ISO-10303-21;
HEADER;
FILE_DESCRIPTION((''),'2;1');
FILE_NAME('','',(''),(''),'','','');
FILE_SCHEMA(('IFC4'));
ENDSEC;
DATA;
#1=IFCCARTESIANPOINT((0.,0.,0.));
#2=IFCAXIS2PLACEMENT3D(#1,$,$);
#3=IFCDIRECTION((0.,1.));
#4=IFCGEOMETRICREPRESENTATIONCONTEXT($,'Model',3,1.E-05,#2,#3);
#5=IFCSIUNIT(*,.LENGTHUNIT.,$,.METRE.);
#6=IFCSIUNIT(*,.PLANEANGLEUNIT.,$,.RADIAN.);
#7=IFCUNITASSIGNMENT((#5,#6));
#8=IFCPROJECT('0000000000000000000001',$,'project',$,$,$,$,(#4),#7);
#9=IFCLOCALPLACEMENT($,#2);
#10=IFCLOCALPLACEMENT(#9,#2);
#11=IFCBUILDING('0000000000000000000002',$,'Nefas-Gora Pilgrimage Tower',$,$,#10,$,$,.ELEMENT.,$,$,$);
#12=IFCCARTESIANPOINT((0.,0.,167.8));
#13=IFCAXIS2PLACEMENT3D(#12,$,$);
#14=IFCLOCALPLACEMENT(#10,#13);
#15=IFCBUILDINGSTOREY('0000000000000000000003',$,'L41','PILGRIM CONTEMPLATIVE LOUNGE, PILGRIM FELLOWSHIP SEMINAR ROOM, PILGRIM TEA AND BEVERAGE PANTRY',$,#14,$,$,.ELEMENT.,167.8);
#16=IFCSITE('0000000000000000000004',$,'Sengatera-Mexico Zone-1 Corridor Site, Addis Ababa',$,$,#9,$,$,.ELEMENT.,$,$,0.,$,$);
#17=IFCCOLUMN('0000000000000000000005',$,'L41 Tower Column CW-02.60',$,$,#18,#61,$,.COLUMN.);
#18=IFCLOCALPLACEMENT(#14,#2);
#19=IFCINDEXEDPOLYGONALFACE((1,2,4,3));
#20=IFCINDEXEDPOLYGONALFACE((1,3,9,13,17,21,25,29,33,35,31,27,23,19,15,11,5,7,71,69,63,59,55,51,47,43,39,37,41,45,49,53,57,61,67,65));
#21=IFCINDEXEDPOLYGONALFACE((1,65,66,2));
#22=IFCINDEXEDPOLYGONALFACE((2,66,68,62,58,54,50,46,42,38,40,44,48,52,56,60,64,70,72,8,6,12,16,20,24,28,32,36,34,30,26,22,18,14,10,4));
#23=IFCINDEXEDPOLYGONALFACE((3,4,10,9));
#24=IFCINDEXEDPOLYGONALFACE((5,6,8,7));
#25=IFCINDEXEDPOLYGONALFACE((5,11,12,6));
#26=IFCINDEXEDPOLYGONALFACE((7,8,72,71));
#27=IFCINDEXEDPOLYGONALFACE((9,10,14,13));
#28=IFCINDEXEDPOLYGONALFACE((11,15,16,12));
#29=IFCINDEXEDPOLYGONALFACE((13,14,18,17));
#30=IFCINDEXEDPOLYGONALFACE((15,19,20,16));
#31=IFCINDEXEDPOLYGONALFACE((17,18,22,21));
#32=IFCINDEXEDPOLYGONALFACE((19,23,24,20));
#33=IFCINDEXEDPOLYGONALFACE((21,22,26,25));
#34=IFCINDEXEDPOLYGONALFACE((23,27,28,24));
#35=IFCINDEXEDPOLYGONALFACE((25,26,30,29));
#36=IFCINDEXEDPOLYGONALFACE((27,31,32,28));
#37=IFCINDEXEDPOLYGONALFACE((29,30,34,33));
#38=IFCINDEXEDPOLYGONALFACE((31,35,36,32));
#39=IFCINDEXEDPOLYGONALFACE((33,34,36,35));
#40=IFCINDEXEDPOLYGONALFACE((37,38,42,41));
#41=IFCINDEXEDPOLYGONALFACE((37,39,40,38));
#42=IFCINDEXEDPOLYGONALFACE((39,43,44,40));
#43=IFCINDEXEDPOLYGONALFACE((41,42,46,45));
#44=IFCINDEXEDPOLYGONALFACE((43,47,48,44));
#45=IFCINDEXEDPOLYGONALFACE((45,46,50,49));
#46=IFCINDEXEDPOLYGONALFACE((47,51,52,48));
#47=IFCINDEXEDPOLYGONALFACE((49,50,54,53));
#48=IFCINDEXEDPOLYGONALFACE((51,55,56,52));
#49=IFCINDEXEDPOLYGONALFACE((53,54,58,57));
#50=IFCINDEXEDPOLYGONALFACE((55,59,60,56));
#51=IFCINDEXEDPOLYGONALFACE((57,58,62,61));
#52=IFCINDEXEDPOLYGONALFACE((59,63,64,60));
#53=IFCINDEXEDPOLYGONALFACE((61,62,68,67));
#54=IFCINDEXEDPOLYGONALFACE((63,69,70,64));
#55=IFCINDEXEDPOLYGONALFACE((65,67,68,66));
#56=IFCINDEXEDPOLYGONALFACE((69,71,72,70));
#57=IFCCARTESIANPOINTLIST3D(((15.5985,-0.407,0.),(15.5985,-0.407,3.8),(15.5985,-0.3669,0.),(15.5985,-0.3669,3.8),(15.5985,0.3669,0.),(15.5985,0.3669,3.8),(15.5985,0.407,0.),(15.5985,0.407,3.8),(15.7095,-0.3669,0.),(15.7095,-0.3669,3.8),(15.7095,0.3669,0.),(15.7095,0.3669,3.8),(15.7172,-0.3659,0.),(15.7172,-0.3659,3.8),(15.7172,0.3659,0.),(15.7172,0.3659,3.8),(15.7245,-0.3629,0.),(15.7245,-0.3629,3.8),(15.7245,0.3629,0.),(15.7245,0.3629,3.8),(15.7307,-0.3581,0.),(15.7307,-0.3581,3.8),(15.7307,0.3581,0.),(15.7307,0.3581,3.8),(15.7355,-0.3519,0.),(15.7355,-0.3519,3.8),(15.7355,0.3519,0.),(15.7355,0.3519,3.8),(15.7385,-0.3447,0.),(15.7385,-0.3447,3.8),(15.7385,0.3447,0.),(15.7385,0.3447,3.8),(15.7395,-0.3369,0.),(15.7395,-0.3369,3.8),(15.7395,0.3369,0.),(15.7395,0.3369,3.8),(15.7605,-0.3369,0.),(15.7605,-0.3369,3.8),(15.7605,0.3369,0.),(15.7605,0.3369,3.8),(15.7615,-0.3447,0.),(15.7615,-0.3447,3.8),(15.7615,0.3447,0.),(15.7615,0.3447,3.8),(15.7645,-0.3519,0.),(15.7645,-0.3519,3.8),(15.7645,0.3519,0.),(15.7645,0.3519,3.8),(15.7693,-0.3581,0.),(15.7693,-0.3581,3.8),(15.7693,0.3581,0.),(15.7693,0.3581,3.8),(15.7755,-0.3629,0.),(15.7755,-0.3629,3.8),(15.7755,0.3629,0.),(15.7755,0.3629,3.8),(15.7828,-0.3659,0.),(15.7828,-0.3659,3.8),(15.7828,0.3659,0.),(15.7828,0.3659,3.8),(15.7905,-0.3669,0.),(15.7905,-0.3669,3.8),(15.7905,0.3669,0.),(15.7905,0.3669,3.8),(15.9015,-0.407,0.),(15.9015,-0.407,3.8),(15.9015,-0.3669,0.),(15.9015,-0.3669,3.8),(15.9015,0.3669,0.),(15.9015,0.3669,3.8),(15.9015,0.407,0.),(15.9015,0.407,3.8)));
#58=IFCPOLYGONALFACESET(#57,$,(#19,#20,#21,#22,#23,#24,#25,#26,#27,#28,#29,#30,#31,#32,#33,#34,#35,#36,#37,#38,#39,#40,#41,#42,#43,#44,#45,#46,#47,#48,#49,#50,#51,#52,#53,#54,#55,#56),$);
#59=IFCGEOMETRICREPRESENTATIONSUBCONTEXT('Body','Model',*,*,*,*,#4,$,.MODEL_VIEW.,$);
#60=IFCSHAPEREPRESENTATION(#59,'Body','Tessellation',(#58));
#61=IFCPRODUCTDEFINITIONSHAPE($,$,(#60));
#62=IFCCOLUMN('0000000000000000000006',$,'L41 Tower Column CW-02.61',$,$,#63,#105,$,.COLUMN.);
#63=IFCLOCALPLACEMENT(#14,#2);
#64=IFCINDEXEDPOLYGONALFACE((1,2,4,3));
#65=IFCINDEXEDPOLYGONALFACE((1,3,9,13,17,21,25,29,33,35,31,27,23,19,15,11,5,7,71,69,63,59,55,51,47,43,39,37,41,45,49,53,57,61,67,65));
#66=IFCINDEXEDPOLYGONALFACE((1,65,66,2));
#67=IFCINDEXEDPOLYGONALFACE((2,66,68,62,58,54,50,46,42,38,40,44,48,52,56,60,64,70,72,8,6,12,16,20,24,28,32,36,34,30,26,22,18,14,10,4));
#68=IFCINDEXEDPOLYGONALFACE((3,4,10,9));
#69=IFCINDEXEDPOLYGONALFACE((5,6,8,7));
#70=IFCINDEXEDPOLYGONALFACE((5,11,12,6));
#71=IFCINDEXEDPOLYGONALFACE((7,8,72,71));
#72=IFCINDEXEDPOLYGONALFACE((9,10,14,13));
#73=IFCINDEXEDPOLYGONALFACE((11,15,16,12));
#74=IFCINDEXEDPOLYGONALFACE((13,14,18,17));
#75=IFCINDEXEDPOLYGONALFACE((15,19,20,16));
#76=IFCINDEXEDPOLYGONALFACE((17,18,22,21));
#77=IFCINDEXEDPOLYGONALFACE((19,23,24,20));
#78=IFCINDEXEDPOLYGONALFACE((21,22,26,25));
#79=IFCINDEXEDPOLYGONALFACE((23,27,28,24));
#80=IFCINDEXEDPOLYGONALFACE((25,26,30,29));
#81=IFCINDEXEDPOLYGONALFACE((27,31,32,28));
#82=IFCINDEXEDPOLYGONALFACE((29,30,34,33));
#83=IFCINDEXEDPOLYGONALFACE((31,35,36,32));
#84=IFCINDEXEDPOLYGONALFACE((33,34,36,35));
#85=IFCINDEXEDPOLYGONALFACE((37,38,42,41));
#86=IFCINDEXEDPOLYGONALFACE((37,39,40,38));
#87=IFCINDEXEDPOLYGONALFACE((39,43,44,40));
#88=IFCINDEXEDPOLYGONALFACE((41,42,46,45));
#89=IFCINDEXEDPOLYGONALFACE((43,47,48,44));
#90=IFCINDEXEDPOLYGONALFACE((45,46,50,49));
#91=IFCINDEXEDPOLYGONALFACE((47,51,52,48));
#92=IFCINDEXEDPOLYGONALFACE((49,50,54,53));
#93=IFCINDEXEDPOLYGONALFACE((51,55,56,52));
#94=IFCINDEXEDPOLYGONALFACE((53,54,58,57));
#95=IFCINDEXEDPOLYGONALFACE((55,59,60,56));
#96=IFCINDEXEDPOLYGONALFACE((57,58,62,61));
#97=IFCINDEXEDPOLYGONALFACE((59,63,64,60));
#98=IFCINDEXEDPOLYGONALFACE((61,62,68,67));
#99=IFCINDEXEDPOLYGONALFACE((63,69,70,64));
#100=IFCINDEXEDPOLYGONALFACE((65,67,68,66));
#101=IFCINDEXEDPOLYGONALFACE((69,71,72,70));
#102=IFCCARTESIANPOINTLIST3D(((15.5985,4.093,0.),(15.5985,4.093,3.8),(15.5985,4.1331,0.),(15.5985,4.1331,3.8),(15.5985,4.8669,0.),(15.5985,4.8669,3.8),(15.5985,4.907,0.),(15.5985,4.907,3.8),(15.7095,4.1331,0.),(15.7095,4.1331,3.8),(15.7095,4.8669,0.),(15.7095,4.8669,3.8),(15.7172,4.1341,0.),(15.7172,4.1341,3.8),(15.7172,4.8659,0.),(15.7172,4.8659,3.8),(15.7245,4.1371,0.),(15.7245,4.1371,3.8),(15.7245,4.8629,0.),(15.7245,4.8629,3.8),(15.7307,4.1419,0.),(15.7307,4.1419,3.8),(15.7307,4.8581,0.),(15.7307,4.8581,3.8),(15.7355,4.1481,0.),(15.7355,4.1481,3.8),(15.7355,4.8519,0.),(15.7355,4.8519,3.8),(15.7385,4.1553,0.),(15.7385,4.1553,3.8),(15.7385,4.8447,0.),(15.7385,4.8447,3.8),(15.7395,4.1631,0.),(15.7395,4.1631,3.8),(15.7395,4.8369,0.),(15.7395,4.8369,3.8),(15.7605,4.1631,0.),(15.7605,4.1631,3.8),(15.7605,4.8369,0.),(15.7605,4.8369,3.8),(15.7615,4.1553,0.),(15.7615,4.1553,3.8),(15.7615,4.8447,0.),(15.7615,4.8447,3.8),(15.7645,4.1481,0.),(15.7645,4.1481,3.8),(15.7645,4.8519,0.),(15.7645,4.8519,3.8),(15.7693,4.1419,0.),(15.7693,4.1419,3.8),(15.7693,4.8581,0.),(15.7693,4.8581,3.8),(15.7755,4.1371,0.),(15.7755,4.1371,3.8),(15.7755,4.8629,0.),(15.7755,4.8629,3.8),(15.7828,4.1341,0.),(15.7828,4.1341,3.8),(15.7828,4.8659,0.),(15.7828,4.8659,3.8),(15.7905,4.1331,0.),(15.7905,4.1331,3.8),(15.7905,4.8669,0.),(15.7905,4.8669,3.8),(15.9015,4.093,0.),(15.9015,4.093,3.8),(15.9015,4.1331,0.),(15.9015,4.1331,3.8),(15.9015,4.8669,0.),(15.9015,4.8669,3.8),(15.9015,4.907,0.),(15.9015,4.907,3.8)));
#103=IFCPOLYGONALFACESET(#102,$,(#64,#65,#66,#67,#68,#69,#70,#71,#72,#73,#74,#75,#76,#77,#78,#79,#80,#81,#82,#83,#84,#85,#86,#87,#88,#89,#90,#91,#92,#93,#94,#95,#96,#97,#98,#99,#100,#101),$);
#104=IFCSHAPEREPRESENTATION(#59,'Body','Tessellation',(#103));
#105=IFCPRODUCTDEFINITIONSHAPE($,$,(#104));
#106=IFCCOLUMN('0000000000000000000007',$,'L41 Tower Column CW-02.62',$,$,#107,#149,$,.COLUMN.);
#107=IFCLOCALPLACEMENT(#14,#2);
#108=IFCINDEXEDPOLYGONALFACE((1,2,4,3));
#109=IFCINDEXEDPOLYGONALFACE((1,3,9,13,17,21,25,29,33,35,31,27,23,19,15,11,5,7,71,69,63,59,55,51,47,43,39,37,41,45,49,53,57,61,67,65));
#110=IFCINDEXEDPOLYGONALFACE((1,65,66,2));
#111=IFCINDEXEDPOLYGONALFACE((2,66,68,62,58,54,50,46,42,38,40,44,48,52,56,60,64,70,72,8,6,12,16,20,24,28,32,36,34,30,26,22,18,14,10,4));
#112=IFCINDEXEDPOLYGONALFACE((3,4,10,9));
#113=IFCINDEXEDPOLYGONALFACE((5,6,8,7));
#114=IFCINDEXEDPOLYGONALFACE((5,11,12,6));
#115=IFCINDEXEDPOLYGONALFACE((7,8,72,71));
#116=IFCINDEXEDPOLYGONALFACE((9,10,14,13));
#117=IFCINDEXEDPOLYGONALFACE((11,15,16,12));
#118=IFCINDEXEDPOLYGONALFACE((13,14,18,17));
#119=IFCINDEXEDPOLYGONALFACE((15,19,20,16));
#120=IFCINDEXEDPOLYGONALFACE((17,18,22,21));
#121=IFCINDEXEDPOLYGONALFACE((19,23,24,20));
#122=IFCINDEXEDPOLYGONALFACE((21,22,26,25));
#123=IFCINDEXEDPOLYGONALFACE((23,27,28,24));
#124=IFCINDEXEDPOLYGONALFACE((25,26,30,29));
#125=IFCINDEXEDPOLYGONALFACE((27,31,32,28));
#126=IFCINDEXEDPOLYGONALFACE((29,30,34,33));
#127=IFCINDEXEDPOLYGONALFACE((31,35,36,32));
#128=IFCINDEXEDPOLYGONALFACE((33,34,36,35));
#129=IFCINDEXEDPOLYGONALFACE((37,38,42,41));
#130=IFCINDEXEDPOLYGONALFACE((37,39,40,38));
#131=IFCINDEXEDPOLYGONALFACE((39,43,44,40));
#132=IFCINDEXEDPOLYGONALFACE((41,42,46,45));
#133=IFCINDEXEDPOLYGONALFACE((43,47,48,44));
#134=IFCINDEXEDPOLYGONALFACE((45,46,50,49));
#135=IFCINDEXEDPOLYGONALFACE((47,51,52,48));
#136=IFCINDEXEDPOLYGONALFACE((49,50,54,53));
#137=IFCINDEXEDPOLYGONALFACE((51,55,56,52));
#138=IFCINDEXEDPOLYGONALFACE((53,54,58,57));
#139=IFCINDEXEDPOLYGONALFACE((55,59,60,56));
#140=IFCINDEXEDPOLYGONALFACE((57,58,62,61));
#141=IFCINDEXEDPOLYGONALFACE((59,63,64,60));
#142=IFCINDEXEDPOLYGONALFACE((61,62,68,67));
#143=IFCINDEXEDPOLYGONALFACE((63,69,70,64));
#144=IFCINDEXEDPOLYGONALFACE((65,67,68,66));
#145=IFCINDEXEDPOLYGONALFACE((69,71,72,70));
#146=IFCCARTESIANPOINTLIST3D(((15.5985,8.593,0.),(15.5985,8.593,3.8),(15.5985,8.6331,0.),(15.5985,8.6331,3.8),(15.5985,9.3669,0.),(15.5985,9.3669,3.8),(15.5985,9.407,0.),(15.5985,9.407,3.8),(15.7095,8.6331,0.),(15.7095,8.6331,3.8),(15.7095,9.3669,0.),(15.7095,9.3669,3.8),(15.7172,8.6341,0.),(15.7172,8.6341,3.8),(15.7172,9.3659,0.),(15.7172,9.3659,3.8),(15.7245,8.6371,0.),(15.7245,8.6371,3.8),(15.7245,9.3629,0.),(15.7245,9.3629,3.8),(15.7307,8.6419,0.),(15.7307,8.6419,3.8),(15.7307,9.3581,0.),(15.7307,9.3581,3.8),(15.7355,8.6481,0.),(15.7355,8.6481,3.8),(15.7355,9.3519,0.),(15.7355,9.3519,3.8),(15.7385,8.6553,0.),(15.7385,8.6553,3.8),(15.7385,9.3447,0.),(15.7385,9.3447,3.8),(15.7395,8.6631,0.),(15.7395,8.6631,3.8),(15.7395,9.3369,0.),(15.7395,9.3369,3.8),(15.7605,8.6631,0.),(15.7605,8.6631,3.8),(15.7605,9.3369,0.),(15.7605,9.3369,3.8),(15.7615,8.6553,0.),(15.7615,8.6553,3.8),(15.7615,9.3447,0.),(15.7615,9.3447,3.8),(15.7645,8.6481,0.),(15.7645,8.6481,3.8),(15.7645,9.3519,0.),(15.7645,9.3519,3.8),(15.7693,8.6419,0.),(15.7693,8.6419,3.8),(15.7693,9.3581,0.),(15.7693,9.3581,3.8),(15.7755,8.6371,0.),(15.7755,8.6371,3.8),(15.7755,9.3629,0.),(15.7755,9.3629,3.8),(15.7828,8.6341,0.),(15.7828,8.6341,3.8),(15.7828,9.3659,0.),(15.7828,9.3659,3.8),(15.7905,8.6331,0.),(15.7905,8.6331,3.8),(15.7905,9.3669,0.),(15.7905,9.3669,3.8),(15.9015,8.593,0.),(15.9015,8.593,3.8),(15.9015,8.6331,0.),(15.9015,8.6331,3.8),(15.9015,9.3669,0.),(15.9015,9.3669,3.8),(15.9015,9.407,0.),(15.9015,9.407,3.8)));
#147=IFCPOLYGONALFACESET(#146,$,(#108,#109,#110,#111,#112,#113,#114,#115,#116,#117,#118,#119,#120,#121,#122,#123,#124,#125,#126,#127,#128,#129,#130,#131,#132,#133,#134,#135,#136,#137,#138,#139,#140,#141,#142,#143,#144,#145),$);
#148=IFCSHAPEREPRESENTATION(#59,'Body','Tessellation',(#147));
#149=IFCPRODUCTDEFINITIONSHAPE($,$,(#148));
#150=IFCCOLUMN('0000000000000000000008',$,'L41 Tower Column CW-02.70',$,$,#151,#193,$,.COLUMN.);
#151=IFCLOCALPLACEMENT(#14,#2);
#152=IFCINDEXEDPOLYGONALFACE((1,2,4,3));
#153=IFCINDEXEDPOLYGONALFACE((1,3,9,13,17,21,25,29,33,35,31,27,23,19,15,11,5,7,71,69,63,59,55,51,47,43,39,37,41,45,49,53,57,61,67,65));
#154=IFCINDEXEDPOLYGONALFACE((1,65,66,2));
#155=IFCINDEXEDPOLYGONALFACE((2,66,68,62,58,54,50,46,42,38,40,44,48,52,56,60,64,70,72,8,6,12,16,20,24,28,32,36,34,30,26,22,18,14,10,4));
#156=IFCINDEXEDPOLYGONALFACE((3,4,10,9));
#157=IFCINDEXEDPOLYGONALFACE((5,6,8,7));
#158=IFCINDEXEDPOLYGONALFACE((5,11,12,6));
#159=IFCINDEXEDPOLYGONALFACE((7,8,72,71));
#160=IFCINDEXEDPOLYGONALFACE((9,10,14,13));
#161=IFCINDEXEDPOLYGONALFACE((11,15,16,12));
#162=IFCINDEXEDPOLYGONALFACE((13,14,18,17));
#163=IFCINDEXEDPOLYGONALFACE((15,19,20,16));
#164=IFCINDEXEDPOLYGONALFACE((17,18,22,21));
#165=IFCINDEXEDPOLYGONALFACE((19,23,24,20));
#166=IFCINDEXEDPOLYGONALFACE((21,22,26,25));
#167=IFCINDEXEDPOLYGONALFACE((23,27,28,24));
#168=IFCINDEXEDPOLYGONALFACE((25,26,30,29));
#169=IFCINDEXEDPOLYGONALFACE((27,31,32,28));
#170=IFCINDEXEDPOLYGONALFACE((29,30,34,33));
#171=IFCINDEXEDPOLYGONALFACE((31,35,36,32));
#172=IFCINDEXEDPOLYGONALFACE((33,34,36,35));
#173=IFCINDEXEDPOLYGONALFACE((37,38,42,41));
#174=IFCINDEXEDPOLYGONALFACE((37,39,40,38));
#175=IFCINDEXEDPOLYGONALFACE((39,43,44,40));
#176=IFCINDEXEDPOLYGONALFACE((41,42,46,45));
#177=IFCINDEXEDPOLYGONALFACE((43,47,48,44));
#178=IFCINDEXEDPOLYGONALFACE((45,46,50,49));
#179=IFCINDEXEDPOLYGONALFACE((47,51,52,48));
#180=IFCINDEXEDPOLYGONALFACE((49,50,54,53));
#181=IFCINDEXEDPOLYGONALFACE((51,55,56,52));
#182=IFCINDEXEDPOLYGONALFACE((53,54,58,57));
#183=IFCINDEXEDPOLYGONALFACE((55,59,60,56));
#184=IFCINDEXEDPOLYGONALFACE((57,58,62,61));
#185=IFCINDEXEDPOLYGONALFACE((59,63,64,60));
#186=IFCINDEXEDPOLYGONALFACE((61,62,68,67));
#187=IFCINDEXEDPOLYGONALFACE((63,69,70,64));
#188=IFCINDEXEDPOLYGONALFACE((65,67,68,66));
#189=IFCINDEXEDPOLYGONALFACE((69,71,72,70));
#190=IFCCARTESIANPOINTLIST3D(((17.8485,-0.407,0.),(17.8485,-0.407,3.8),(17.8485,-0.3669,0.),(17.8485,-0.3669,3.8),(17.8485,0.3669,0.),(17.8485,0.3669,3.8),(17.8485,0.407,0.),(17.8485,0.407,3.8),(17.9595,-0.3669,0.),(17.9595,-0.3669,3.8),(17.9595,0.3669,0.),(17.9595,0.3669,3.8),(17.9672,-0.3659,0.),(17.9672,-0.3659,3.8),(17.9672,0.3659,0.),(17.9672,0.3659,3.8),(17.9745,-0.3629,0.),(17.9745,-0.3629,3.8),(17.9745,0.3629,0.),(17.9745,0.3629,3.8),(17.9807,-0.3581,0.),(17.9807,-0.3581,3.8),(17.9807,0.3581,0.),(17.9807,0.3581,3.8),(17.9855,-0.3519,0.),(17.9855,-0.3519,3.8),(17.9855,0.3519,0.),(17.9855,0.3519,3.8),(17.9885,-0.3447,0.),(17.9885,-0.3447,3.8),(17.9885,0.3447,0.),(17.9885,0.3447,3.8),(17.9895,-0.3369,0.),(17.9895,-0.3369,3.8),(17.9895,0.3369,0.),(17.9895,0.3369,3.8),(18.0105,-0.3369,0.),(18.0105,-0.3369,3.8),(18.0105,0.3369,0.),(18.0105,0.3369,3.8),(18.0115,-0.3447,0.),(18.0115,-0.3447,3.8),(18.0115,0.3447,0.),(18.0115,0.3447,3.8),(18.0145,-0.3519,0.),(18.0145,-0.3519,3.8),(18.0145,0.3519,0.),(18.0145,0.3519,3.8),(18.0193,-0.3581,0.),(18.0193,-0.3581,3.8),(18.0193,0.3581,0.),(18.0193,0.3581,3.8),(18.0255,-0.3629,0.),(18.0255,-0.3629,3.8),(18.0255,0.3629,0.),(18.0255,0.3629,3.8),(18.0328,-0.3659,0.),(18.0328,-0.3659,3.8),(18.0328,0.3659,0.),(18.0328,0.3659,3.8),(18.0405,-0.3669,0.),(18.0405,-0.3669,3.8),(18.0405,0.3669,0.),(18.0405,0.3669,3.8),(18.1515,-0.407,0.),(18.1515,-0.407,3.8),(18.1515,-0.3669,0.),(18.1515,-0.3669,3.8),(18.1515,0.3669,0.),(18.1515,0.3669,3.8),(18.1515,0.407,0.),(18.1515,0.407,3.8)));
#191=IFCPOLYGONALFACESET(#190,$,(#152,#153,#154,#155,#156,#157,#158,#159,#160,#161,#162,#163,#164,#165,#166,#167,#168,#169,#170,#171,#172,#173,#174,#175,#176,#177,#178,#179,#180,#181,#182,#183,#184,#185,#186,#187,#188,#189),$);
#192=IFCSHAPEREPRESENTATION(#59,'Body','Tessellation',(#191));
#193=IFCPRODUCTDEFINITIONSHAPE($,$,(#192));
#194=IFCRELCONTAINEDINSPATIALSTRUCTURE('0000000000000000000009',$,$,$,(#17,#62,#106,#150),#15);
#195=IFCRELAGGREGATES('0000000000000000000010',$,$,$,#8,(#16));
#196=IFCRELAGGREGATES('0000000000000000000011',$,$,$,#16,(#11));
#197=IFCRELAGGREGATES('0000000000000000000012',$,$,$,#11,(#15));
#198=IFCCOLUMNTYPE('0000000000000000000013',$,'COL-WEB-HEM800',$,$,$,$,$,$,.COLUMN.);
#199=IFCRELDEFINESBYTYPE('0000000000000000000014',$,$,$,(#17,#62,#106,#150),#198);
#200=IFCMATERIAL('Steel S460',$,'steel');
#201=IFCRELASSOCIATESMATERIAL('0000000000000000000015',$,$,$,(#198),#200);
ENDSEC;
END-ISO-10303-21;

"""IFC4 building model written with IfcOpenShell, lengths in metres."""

from ifc_helpers import new_model, si_unit, direction, frame, origin, origin_2d, place, context, subcontext, project, spatial, i_section, extrude, source, transform, mapped, material, material_profile, profile_set, type_object, element, save


model = new_model("IFC4")

# Units and contexts
model_context = context("Model", 3, precision=1e-05, world=origin(), true_north=direction((0.0, 1.0)))
body_context = subcontext(model_context, "Body", "Model", "MODEL_VIEW")
ifc_project = project(units=[si_unit("LENGTHUNIT", "METRE"), si_unit("PLANEANGLEUNIT", "RADIAN")], contexts=[model_context])

# Site, building, storey
site_placement = place(None, origin())
site = spatial("IfcSite", under=ifc_project, at=site_placement, Name="Sengatera-Mexico Zone-1 Corridor Site, Addis Ababa", CompositionType="ELEMENT", RefElevation=0.0)
building_placement = place(site_placement, origin())
building = spatial("IfcBuilding", under=site, at=building_placement, Name="Nefas-Gora Pilgrimage Tower", CompositionType="ELEMENT")
storey_placement = place(building_placement, frame((0.0, 0.0, 167.8)))
storey = spatial("IfcBuildingStorey", under=building, at=storey_placement, Name="L41", Description="PILGRIM CONTEMPLATIVE LOUNGE, PILGRIM FELLOWSHIP SEMINAR ROOM, PILGRIM TEA AND BEVERAGE PANTRY", CompositionType="ELEMENT", Elevation=167.8)

# Columns
ifc_material_1 = material(Name="Steel S460", Category="steel")
ifc_material_profile_1 = material_profile(ifc_material_1, i_section(OverallWidth=0.303, OverallDepth=0.814, WebThickness=0.021, FlangeThickness=0.04, FilletRadius=0.03, at=origin_2d()), Name="HEM 800")
ifc_profile_set_1 = profile_set([ifc_material_profile_1], Name="Steel S460")
column_type_1 = type_object("IfcColumnType", Name="COL-WEB-HEM800", PredefinedType="COLUMN", material=ifc_profile_set_1)
shared_shape_1 = source(origin(), body_context, "Body", "SweptSolid", [
    extrude(i_section(OverallWidth=0.303, OverallDepth=0.814, WebThickness=0.021, FlangeThickness=0.04, FilletRadius=0.03, at=origin_2d()), origin(), (0.0, 0.0, 1.0), 3.8),
])
for number, where, z_axis, x_axis, name in (
    (1, (15.75, 0.0, 0.0), (0.0, 0.0, 1.0), (1.0, 0.0, 0.0), "L41 Tower Column CW-02.60"),
    (2, (15.75, 4.5, 0.0), (0.0, 0.0, 1.0), (1.0, 0.0, 0.0), "L41 Tower Column CW-02.61"),
    (3, (15.75, 9.0, 0.0), (0.0, 0.0, 1.0), (1.0, 0.0, 0.0), "L41 Tower Column CW-02.62"),
    (4, (18.0, 0.0, 0.0), (0.0, 0.0, 1.0), (1.0, 0.0, 0.0), "L41 Tower Column CW-02.70"),
):
    element("IfcColumn", number, at=place(storey_placement, frame(where, z_axis=z_axis, x_axis=x_axis)), inside=storey, type_object=column_type_1, Name=name, PredefinedType="COLUMN", context=body_context, shape_type="MappedRepresentation", body=[
        mapped(shared_shape_1, transform((0.0, 0.0, 0.0), x_axis=(1.0, 0.0, 0.0), y_axis=(0.0, 1.0, 0.0), z_axis=(0.0, 0.0, 1.0), scale=1.0)),
    ])

save(model, "model.ifc")
